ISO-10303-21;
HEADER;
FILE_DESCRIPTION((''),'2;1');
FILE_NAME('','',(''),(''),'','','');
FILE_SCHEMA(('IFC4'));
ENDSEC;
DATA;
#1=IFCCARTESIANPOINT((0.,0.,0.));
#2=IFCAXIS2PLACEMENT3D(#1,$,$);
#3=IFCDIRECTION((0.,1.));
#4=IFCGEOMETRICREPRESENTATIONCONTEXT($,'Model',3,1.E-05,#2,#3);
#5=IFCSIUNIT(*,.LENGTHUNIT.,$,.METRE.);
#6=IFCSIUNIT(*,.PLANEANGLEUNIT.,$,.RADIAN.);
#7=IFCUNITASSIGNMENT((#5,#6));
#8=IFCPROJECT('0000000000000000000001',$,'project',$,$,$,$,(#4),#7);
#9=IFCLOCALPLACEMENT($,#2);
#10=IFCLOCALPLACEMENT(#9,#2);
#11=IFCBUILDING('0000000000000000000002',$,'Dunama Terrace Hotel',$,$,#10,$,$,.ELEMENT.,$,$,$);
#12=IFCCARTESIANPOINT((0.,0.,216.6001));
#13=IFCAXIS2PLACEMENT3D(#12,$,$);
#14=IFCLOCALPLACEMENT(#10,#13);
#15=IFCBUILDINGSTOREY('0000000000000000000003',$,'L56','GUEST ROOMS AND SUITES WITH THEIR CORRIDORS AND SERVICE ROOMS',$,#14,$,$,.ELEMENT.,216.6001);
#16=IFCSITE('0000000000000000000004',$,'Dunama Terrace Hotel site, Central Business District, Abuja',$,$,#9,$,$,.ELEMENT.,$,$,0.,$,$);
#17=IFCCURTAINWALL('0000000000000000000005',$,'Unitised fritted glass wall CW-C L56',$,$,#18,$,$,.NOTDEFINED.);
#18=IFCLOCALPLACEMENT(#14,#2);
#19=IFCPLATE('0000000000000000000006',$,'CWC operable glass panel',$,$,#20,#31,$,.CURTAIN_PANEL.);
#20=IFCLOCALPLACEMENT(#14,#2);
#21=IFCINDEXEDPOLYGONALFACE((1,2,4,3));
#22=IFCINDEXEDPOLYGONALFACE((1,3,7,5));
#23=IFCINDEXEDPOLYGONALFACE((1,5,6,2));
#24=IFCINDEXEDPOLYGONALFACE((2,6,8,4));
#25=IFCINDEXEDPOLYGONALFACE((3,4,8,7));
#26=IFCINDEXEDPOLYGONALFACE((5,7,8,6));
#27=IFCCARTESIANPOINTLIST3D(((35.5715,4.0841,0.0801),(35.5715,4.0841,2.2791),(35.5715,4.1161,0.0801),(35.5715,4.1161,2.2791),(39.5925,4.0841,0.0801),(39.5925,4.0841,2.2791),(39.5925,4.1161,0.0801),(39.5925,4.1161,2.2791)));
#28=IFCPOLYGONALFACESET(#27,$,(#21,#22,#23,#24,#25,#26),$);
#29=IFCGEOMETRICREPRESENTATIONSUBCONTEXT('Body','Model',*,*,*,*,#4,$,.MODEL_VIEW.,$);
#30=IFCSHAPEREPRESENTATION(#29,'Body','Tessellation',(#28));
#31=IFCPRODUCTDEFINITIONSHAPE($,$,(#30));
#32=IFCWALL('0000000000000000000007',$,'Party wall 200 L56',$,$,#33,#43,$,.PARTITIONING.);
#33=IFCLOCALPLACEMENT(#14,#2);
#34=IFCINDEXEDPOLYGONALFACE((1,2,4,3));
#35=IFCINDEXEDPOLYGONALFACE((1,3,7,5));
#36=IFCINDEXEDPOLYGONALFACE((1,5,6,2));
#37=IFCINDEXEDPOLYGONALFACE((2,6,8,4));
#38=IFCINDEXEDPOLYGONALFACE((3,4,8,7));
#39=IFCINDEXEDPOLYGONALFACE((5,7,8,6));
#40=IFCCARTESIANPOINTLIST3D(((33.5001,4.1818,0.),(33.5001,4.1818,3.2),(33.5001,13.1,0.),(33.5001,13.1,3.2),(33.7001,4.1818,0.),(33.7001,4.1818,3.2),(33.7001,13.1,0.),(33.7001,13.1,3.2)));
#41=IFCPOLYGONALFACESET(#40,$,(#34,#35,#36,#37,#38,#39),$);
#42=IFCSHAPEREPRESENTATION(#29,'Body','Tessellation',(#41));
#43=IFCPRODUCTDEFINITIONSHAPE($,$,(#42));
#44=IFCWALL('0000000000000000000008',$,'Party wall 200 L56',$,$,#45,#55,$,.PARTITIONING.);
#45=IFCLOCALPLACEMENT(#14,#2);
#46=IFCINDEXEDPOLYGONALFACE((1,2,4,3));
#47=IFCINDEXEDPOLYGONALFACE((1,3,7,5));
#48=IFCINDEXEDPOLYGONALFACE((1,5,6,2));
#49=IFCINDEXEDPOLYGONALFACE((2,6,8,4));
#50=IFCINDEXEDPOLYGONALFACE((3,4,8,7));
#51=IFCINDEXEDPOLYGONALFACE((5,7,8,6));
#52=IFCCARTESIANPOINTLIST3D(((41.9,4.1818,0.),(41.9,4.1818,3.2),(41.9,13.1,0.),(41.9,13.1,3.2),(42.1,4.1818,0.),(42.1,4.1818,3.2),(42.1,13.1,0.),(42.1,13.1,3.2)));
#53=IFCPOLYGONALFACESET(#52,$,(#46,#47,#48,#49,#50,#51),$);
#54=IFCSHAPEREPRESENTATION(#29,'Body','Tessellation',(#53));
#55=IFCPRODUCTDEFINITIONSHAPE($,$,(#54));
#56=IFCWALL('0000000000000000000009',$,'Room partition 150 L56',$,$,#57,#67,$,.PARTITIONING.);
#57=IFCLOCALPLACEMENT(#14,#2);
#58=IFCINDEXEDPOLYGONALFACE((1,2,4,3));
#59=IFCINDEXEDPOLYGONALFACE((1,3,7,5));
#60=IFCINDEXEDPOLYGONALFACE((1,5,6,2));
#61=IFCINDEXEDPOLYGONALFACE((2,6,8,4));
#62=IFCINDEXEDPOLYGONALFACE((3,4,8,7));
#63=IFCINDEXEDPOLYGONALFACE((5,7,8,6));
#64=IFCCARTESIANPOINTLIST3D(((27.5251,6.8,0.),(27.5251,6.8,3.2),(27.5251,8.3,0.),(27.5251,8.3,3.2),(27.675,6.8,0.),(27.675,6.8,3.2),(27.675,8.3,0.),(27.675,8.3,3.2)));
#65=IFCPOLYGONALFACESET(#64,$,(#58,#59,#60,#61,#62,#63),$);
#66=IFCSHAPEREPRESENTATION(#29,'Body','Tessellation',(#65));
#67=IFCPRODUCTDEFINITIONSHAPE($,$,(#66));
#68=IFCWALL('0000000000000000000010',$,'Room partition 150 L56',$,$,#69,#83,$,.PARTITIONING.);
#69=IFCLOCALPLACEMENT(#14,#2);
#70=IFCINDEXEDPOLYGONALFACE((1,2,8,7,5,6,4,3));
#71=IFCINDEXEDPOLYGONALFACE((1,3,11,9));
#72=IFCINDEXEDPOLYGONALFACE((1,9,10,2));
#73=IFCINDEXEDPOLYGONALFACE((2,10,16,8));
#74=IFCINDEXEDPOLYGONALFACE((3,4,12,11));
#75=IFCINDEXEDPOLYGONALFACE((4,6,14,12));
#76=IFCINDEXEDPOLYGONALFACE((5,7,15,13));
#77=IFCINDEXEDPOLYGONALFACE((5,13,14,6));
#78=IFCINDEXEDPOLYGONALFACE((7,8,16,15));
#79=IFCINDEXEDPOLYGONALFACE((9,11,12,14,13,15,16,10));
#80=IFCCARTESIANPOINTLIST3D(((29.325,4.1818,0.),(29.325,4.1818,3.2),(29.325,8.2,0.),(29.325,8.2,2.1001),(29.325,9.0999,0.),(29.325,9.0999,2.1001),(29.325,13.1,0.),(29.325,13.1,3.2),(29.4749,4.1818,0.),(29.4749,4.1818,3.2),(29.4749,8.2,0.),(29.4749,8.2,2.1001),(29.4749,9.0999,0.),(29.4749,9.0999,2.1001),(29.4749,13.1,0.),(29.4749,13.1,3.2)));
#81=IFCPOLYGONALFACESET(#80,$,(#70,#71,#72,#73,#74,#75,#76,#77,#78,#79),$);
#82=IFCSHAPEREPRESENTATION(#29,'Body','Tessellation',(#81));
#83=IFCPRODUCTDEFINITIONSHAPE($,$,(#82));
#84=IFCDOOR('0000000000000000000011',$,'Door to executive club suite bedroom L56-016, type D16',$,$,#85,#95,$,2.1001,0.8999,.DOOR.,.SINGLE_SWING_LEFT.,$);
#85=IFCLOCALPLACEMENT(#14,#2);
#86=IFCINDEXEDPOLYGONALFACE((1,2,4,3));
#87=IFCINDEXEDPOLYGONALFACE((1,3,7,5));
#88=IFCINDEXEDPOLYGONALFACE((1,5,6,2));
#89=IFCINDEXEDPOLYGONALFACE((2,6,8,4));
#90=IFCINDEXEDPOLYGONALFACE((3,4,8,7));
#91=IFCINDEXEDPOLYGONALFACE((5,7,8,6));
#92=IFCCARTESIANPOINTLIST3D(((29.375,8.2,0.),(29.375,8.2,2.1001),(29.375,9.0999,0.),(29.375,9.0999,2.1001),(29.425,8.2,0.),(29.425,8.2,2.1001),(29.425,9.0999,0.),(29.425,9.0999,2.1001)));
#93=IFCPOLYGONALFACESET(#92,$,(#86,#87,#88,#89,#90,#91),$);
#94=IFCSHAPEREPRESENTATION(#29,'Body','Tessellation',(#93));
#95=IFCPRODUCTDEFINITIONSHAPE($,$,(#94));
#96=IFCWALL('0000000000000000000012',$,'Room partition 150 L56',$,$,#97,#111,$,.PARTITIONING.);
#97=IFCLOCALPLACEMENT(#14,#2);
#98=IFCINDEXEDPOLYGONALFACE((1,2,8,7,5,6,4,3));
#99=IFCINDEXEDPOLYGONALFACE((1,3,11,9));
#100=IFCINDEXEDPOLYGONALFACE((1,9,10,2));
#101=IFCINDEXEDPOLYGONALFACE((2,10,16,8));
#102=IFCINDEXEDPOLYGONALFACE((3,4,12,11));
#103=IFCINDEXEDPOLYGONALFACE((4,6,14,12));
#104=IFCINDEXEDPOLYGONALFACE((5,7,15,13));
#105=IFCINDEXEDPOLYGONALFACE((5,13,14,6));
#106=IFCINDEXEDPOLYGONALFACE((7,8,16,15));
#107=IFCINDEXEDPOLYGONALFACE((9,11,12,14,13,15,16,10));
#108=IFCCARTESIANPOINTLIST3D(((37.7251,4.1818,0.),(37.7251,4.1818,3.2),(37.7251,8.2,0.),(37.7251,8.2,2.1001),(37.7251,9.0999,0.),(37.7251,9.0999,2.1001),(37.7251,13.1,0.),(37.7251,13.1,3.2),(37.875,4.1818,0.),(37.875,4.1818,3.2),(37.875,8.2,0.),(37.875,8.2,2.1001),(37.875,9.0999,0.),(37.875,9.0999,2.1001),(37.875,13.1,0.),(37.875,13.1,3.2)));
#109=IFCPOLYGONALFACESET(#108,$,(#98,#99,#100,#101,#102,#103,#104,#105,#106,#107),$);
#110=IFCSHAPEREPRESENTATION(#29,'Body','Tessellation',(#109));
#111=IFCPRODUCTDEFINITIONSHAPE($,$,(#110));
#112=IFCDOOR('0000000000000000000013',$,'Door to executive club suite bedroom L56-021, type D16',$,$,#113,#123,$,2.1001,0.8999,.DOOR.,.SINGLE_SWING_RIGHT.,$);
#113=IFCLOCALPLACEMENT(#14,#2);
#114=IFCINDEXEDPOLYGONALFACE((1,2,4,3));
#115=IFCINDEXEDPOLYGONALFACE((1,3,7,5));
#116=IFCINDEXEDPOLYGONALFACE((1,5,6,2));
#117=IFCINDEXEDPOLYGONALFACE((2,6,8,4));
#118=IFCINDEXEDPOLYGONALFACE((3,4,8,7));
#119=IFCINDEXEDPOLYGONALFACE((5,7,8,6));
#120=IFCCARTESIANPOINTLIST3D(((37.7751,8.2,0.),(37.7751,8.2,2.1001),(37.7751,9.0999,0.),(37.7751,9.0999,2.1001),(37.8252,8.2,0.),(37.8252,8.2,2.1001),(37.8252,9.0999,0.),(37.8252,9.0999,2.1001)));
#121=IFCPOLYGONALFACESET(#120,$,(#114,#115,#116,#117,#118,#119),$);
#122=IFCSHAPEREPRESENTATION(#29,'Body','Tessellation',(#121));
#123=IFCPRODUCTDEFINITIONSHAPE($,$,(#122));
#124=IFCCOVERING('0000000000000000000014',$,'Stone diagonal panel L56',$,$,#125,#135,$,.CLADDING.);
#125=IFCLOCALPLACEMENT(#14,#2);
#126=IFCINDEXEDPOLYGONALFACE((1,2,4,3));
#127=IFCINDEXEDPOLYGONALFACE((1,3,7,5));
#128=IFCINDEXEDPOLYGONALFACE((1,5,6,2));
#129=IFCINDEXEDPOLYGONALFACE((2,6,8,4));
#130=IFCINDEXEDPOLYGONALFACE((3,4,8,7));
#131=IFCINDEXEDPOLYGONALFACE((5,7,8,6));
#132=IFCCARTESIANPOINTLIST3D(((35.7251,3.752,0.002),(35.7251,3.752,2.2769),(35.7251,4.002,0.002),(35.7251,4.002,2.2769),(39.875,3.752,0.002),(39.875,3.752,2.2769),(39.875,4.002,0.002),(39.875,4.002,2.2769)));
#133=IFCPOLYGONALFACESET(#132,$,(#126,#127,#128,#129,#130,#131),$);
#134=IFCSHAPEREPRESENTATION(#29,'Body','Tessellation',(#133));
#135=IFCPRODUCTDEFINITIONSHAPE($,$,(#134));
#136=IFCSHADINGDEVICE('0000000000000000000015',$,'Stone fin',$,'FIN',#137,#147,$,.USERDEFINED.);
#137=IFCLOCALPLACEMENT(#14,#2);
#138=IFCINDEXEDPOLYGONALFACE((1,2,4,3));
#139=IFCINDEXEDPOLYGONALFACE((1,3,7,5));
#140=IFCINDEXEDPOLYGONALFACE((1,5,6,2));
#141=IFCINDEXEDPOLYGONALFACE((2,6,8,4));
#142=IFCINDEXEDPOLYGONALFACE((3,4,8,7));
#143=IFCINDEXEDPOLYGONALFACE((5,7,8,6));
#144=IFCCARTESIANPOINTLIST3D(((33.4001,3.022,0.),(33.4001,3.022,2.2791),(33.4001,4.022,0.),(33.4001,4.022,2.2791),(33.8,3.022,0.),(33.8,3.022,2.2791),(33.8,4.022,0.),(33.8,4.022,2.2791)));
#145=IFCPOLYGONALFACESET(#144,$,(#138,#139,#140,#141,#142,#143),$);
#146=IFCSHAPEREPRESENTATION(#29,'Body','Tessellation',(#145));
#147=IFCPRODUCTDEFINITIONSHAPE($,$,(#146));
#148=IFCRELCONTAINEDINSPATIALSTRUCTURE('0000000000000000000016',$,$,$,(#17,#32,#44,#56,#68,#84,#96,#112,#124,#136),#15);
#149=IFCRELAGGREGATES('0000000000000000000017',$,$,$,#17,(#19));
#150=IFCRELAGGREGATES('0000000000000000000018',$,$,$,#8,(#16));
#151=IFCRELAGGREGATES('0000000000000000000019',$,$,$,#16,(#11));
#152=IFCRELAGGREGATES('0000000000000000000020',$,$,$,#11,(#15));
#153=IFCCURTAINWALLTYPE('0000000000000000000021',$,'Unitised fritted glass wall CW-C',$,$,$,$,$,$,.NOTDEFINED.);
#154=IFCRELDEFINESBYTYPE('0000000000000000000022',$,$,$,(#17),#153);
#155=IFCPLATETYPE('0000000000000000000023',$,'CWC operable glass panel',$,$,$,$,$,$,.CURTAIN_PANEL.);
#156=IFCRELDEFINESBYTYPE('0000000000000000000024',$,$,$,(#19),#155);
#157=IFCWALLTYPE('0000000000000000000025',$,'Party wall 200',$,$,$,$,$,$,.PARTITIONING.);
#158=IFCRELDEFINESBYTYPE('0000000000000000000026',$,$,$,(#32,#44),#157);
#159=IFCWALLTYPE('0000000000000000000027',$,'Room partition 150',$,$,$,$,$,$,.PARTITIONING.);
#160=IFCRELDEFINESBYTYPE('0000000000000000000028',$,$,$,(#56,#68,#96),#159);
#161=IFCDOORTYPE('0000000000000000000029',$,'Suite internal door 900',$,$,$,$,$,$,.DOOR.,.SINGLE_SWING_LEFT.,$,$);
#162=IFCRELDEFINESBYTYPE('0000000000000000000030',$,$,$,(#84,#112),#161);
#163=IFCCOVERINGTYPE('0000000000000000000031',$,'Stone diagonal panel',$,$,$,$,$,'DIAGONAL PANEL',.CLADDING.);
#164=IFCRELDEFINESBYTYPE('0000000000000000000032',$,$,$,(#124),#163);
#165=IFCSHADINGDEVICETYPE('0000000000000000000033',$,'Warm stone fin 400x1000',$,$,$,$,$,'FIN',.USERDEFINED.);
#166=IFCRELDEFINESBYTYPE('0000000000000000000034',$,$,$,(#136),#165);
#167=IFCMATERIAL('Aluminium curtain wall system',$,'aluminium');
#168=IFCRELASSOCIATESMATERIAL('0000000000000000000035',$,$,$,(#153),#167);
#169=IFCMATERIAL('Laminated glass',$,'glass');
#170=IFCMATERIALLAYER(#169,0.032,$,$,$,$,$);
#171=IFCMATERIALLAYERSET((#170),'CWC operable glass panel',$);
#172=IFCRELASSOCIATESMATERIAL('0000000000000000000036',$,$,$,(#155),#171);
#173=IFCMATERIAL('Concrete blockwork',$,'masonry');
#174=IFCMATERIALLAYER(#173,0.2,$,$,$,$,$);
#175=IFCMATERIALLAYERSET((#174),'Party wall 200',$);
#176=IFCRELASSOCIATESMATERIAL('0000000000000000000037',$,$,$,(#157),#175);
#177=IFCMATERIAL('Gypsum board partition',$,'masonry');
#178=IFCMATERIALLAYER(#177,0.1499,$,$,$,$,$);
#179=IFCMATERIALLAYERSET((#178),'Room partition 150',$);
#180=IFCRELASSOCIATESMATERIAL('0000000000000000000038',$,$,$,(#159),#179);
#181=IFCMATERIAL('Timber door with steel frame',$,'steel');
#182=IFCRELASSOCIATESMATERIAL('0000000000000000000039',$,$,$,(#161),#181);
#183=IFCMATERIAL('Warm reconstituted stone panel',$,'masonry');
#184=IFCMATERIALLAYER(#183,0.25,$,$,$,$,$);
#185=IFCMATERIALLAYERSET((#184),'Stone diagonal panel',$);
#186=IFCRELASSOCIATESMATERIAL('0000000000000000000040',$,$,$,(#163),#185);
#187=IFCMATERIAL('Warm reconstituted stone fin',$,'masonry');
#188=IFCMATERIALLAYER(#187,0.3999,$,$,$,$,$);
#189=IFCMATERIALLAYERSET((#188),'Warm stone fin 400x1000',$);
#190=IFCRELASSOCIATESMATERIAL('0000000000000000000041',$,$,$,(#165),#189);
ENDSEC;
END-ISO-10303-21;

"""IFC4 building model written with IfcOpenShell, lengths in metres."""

from ifc_helpers import new_model, si_unit, direction, frame, frame_2d, origin, origin_2d, place, context, subcontext, project, spatial, rectangle, extrude, material, layer, layer_set, type_object, element, fill, aggregate, save


model = new_model("IFC4")

# Units and contexts
model_context = context("Model", 3, precision=1e-05, world=origin(), true_north=direction((0.0, 1.0)))
body_context = subcontext(model_context, "Body", "Model", "MODEL_VIEW")
ifc_project = project(units=[si_unit("LENGTHUNIT", "METRE"), si_unit("PLANEANGLEUNIT", "RADIAN")], contexts=[model_context])

# Site, building, storey
site_placement = place(None, origin())
site = spatial("IfcSite", under=ifc_project, at=site_placement, Name="Dunama Terrace Hotel site, Central Business District, Abuja", CompositionType="ELEMENT", RefElevation=0.0)
building_placement = place(site_placement, origin())
building = spatial("IfcBuilding", under=site, at=building_placement, Name="Dunama Terrace Hotel", CompositionType="ELEMENT")
storey_placement = place(building_placement, frame((0.0, 0.0, 216.6001)))
storey = spatial("IfcBuildingStorey", under=building, at=storey_placement, Name="L56", Description="GUEST ROOMS AND SUITES WITH THEIR CORRIDORS AND SERVICE ROOMS", CompositionType="ELEMENT", Elevation=216.6001)

# Curtain wall, plate
ifc_material_1 = material(Name="Aluminium curtain wall system", Category="aluminium")
curtain_wall_type = type_object("IfcCurtainWallType", Name="Unitised fritted glass wall CW-C", PredefinedType="NOTDEFINED", material=ifc_material_1)
curtain_wall_placement = place(storey_placement, origin())
curtain_wall = element("IfcCurtainWall", 1, at=curtain_wall_placement, inside=storey, type_object=curtain_wall_type, Name="Unitised fritted glass wall CW-C L56", PredefinedType="NOTDEFINED")
ifc_material_2 = material(Name="Laminated glass", Category="glass")
ifc_layer_1 = layer(ifc_material_2, 0.032)
ifc_layer_set_1 = layer_set([ifc_layer_1], Name="CWC operable glass panel")
plate_type_1 = type_object("IfcPlateType", Name="CWC operable glass panel", PredefinedType="CURTAIN_PANEL", material=ifc_layer_set_1)
plate_1_placement = place(storey_placement, frame((37.582, 4.1001, 0.0801), z_axis=(0.0, 0.0, 1.0), x_axis=(1.0, 0.0, 0.0)))
plate_1 = element("IfcPlate", 2, at=plate_1_placement, type_object=plate_type_1, Name="CWC operable glass panel", PredefinedType="CURTAIN_PANEL", context=body_context, shape_type="SweptSolid", body=[
    extrude(rectangle(XDim=4.021, YDim=0.032, at=origin_2d()), origin(), (0.0, 0.0, 1.0), 2.199),
])
aggregate(curtain_wall, [plate_1])

# Walls
ifc_material_3 = material(Name="Concrete blockwork", Category="masonry")
ifc_layer_2 = layer(ifc_material_3, 0.2)
ifc_layer_set_2 = layer_set([ifc_layer_2], Name="Party wall 200")
wall_type_1 = type_object("IfcWallType", Name="Party wall 200", PredefinedType="PARTITIONING", material=ifc_layer_set_2)
for number, where, z_axis, x_axis, name in (
    (3, (33.6001, 4.1819, 0.0), (0.0, 0.0, 1.0), (0.0, 1.0, 0.0), "Party wall 200 L56"),
    (4, (42.0, 4.1819, 0.0), (0.0, 0.0, 1.0), (0.0, 1.0, 0.0), "Party wall 200 L56"),
):
    element("IfcWall", number, at=place(storey_placement, frame(where, z_axis=z_axis, x_axis=x_axis)), inside=storey, type_object=wall_type_1, Name=name, PredefinedType="PARTITIONING", context=body_context, shape_type="SweptSolid", body=[
        extrude(rectangle(XDim=8.9182, YDim=0.2, at=frame_2d((4.459, 0.0))), origin(), (0.0, 0.0, 1.0), 3.2),
    ])
ifc_material_4 = material(Name="Gypsum board partition", Category="masonry")
ifc_layer_3 = layer(ifc_material_4, 0.1499)
ifc_layer_set_3 = layer_set([ifc_layer_3], Name="Room partition 150")
wall_type_2 = type_object("IfcWallType", Name="Room partition 150", PredefinedType="PARTITIONING", material=ifc_layer_set_3)
wall_1_placement = place(storey_placement, frame((27.6001, 6.8, 0.0), z_axis=(0.0, 0.0, 1.0), x_axis=(0.0, 1.0, 0.0)))
element("IfcWall", 5, at=wall_1_placement, inside=storey, type_object=wall_type_2, Name="Room partition 150 L56", PredefinedType="PARTITIONING", context=body_context, shape_type="SweptSolid", body=[
    extrude(rectangle(XDim=1.5, YDim=0.1499, at=frame_2d((0.75, 0.0))), origin(), (0.0, 0.0, 1.0), 3.2),
])

# Walls, openings, doors
wall_2_placement = place(storey_placement, frame((29.3999, 4.1819, 0.0), z_axis=(0.0, 0.0, 1.0), x_axis=(0.0, 1.0, 0.0)))
wall_2 = element("IfcWall", 6, at=wall_2_placement, inside=storey, type_object=wall_type_2, Name="Room partition 150 L56", PredefinedType="PARTITIONING", context=body_context, shape_type="SweptSolid", body=[
    extrude(rectangle(XDim=8.9182, YDim=0.1499, at=frame_2d((4.459, 0.0))), origin(), (0.0, 0.0, 1.0), 3.2),
])
opening_1_placement = place(wall_2_placement, frame((4.0181, 0.0, 0.0)))
opening_1 = element("IfcOpeningElement", 7, at=opening_1_placement, cuts=wall_2, PredefinedType="OPENING", context=body_context, shape_type="SweptSolid", body=[
    extrude(rectangle(XDim=0.8999, YDim=2.1001, at=frame_2d((0.45, 1.05))), frame((0.0, 0.085, 0.0), z_axis=(0.0, -1.0, 0.0), x_axis=(1.0, 0.0, 0.0)), (0.0, 0.0, 1.0), 0.1699),
])
ifc_material_5 = material(Name="Timber door with steel frame", Category="steel")
door_type = type_object("IfcDoorType", Name="Suite internal door 900", OperationType="SINGLE_SWING_LEFT", PredefinedType="DOOR", material=ifc_material_5)
door_1_placement = place(opening_1_placement, origin())
door_1 = element("IfcDoor", 8, at=door_1_placement, inside=storey, type_object=door_type, Name="Door to executive club suite bedroom L56-016, type D16", OperationType="SINGLE_SWING_LEFT", OverallHeight=2.1001, OverallWidth=0.8999, PredefinedType="DOOR", context=body_context, shape_type="SweptSolid", body=[
    extrude(rectangle(XDim=0.8999, YDim=2.1001, at=frame_2d((0.45, 1.05))), frame((0.0, 0.0249, 0.0), z_axis=(0.0, -1.0, 0.0), x_axis=(1.0, 0.0, 0.0)), (0.0, 0.0, 1.0), 0.05),
])
fill(opening_1, door_1)
wall_3_placement = place(storey_placement, frame((37.8, 4.1819, 0.0), z_axis=(0.0, 0.0, 1.0), x_axis=(0.0, 1.0, 0.0)))
wall_3 = element("IfcWall", 9, at=wall_3_placement, inside=storey, type_object=wall_type_2, Name="Room partition 150 L56", PredefinedType="PARTITIONING", context=body_context, shape_type="SweptSolid", body=[
    extrude(rectangle(XDim=8.9182, YDim=0.1499, at=frame_2d((4.459, 0.0))), origin(), (0.0, 0.0, 1.0), 3.2),
])
opening_2_placement = place(wall_3_placement, frame((4.0181, 0.0, 0.0)))
opening_2 = element("IfcOpeningElement", 10, at=opening_2_placement, cuts=wall_3, PredefinedType="OPENING", context=body_context, shape_type="SweptSolid", body=[
    extrude(rectangle(XDim=0.8999, YDim=2.1001, at=frame_2d((0.45, 1.05))), frame((0.0, 0.085, 0.0), z_axis=(0.0, -1.0, 0.0), x_axis=(1.0, 0.0, 0.0)), (0.0, 0.0, 1.0), 0.1699),
])
door_2_placement = place(opening_2_placement, frame((0.8999, 0.0, 0.0), z_axis=(0.0, 0.0, 1.0), x_axis=(-1.0, 0.0, 0.0)))
door_2 = element("IfcDoor", 11, at=door_2_placement, inside=storey, type_object=door_type, Name="Door to executive club suite bedroom L56-021, type D16", OperationType="SINGLE_SWING_RIGHT", OverallHeight=2.1001, OverallWidth=0.8999, PredefinedType="DOOR", context=body_context, shape_type="SweptSolid", body=[
    extrude(rectangle(XDim=0.8999, YDim=2.1001, at=frame_2d((0.45, 1.05))), frame((0.0, 0.0251, 0.0), z_axis=(0.0, -1.0, 0.0), x_axis=(1.0, 0.0, 0.0)), (0.0, 0.0, 1.0), 0.05),
])
fill(opening_2, door_2)

# Covering
ifc_material_6 = material(Name="Warm reconstituted stone panel", Category="masonry")
ifc_layer_4 = layer(ifc_material_6, 0.25)
ifc_layer_set_4 = layer_set([ifc_layer_4], Name="Stone diagonal panel")
covering_type = type_object("IfcCoveringType", Name="Stone diagonal panel", ElementType="DIAGONAL PANEL", PredefinedType="CLADDING", material=ifc_layer_set_4)
covering_placement = place(storey_placement, frame((37.8, 3.877, 0.002), z_axis=(0.0, 0.0, 1.0), x_axis=(1.0, 0.0, 0.0)))
element("IfcCovering", 12, at=covering_placement, inside=storey, type_object=covering_type, Name="Stone diagonal panel L56", PredefinedType="CLADDING", context=body_context, shape_type="SweptSolid", body=[
    extrude(rectangle(XDim=4.1499, YDim=0.25, at=origin_2d()), origin(), (0.0, 0.0, 1.0), 2.2749),
])

# Shading device
ifc_material_7 = material(Name="Warm reconstituted stone fin", Category="masonry")
ifc_layer_5 = layer(ifc_material_7, 0.3999)
ifc_layer_set_5 = layer_set([ifc_layer_5], Name="Warm stone fin 400x1000")
shading_device_type = type_object("IfcShadingDeviceType", Name="Warm stone fin 400x1000", ElementType="FIN", PredefinedType="USERDEFINED", material=ifc_layer_set_5)
shading_device_placement = place(storey_placement, frame((33.6001, 3.522, 0.0), z_axis=(0.0, 0.0, 1.0), x_axis=(1.0, 0.0, 0.0)))
element("IfcShadingDevice", 13, at=shading_device_placement, inside=storey, type_object=shading_device_type, Name="Stone fin", ObjectType="FIN", PredefinedType="USERDEFINED", context=body_context, shape_type="SweptSolid", body=[
    extrude(rectangle(XDim=0.3999, YDim=1.0, at=origin_2d()), origin(), (0.0, 0.0, 1.0), 2.2791),
])

save(model, "model.ifc")
